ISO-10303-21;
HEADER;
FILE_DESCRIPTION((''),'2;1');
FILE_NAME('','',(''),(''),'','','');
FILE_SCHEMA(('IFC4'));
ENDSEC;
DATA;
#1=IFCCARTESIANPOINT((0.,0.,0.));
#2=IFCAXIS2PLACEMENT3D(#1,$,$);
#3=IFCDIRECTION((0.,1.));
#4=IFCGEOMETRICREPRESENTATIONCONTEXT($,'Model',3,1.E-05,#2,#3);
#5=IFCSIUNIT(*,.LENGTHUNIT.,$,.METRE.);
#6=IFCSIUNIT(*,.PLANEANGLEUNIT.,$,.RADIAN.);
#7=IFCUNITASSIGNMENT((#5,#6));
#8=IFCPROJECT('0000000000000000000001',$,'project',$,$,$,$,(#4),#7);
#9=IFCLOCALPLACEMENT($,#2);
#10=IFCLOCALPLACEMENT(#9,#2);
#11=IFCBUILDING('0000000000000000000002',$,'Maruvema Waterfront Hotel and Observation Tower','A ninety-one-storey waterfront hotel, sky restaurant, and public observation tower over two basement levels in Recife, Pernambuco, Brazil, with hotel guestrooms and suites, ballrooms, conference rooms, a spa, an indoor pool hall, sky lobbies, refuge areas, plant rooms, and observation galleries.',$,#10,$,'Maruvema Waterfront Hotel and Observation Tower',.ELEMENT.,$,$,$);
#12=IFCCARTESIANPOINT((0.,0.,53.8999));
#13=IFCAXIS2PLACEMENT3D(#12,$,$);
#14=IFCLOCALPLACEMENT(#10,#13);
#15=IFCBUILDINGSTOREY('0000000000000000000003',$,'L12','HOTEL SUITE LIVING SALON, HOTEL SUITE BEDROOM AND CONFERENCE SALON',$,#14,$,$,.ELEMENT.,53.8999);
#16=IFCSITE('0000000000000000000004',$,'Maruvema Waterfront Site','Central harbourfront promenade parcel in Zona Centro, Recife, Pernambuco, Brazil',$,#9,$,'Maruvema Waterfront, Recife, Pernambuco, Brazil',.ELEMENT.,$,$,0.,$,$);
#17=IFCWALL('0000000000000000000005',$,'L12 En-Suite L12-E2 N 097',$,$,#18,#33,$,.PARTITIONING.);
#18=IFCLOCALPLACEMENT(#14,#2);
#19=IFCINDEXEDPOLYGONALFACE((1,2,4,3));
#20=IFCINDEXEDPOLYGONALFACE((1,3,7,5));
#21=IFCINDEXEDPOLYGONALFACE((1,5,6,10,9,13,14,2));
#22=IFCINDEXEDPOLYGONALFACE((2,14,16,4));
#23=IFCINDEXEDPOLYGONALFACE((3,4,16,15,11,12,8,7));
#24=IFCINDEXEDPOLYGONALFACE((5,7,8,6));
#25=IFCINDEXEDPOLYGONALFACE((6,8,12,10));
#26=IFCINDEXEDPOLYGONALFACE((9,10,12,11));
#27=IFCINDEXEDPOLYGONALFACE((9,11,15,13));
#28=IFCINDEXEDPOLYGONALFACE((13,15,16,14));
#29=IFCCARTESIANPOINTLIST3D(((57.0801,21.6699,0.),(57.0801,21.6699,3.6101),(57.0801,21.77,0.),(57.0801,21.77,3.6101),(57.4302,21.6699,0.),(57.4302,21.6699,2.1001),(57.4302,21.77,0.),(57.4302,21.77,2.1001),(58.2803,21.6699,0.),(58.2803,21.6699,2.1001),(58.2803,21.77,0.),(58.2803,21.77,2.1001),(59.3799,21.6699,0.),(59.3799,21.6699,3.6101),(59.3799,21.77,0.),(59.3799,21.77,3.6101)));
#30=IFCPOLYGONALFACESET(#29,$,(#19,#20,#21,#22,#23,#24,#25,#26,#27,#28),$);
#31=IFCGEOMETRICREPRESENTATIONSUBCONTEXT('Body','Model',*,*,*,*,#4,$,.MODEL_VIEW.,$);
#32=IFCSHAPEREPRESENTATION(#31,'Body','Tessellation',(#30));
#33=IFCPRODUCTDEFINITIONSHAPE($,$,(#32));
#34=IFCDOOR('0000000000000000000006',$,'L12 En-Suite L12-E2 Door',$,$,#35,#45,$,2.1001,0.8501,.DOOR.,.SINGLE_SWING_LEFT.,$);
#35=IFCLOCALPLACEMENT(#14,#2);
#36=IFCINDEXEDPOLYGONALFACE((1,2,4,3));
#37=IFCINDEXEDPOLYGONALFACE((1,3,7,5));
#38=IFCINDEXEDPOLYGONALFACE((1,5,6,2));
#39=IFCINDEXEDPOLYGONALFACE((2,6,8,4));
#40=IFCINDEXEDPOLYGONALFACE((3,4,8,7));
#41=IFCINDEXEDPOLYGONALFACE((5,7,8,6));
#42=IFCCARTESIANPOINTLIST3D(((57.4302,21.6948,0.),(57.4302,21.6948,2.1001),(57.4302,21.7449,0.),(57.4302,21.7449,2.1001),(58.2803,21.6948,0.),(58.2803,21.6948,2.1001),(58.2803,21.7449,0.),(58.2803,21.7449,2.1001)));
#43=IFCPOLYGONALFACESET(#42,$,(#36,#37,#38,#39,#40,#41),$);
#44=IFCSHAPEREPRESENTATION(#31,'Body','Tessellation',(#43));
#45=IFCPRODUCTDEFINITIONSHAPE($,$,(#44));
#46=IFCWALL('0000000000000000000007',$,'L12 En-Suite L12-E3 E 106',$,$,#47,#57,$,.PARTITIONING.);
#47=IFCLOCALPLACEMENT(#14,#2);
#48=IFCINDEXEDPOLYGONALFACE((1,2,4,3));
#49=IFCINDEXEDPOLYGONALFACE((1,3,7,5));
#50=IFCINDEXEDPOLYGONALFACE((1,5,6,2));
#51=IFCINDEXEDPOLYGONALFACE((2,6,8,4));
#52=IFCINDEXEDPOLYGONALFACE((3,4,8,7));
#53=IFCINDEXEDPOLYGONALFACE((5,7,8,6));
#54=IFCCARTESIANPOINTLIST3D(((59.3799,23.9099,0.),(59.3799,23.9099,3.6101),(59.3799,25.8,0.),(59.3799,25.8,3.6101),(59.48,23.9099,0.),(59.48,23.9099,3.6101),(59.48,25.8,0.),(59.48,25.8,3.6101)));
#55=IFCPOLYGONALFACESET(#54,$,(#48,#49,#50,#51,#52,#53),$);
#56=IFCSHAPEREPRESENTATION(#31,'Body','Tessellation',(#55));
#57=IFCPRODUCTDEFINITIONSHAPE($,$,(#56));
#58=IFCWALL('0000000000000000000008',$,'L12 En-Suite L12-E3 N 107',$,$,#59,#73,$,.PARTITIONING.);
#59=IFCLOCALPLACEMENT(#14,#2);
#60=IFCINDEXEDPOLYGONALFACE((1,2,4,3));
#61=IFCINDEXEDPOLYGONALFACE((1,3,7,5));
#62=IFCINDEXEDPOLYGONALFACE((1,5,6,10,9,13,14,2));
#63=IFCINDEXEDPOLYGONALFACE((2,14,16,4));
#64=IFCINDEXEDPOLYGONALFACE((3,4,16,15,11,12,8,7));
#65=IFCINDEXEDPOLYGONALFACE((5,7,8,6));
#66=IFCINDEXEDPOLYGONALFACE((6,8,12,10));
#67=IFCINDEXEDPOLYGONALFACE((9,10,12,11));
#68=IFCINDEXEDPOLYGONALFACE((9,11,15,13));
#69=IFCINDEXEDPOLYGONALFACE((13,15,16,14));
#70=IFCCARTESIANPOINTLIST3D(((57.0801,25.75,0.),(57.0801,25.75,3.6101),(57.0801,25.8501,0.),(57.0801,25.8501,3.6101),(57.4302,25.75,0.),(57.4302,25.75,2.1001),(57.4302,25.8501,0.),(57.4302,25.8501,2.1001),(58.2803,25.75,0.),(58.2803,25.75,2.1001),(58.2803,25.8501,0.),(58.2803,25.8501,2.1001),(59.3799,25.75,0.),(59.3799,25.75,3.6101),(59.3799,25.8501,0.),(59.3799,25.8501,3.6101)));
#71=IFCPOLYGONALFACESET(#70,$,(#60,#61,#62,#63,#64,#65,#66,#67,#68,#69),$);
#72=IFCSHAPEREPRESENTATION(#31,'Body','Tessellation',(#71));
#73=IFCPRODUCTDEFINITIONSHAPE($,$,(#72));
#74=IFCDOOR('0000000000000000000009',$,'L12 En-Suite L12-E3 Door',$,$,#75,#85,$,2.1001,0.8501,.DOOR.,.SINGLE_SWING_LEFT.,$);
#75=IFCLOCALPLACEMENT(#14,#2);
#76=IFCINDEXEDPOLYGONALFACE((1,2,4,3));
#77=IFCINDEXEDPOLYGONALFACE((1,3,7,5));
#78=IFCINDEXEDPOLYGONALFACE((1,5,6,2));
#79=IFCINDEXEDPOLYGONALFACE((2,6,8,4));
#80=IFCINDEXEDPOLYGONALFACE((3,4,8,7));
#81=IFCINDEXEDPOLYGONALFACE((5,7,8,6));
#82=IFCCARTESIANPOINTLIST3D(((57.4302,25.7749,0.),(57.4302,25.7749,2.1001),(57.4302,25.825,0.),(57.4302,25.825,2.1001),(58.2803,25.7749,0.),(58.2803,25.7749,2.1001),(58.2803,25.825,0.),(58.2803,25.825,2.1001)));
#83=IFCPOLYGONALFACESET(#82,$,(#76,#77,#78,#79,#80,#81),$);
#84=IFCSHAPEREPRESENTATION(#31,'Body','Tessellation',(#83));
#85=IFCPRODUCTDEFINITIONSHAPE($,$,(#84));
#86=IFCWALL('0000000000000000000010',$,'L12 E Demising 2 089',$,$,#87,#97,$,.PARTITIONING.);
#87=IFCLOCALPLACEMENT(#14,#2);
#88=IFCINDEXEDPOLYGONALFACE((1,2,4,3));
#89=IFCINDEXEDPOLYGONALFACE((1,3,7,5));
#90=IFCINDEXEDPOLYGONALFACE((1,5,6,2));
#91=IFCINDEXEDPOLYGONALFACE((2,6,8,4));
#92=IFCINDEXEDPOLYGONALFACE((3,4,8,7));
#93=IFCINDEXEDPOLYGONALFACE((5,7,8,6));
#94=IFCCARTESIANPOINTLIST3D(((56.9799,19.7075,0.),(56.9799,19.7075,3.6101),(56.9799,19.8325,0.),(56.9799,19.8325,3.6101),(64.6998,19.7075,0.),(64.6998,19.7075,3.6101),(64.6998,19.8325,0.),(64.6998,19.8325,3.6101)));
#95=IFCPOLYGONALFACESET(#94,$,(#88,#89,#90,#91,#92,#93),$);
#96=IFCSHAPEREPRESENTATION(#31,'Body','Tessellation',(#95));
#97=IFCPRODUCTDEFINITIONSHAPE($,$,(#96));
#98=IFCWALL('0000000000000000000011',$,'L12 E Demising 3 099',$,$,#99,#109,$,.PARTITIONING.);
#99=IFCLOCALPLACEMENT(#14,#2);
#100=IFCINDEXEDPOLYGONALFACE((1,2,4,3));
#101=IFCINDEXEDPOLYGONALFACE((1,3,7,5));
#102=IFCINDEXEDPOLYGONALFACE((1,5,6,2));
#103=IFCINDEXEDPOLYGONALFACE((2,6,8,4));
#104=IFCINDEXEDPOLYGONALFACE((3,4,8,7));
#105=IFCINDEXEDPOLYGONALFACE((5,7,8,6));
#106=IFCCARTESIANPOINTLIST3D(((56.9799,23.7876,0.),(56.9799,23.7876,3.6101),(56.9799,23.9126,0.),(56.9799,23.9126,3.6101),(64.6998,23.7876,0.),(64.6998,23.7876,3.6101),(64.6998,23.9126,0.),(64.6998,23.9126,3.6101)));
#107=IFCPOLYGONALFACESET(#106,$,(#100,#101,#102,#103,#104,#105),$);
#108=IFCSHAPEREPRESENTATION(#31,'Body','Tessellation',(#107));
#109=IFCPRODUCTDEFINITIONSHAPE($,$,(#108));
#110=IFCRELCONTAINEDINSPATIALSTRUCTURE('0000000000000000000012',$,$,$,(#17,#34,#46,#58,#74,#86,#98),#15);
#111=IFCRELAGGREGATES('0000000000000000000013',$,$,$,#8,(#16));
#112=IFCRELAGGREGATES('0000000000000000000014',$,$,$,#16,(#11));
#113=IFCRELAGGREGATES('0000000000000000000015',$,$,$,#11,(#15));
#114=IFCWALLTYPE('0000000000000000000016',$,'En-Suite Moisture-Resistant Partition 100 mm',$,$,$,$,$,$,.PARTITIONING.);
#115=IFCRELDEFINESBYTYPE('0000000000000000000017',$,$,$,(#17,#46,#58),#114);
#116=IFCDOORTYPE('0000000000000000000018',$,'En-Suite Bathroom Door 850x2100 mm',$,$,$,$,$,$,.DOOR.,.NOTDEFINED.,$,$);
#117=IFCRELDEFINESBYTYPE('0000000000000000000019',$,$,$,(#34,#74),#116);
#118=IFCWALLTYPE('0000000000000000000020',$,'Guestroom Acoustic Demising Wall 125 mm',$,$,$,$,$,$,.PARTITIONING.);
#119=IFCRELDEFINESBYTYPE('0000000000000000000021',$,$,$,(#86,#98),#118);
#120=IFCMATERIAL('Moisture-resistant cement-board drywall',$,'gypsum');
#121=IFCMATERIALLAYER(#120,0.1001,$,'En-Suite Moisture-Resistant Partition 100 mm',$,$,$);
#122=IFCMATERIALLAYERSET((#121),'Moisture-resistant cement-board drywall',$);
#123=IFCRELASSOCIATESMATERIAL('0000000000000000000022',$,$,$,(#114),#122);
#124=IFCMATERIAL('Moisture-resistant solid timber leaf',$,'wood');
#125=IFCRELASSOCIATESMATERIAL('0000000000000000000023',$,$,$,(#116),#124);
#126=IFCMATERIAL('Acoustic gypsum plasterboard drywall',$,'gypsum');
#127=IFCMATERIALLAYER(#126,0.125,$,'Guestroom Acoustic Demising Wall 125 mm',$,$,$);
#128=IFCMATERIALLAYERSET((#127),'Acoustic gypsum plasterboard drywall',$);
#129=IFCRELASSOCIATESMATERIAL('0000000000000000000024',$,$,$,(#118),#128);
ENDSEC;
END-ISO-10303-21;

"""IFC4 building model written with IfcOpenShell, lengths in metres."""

from ifc_helpers import new_model, si_unit, direction, frame, frame_2d, origin, place, context, subcontext, project, spatial, rectangle, extrude, material, layer, layer_set, type_object, element, fill, save


model = new_model("IFC4")

# Units and contexts
model_context = context("Model", 3, precision=1e-05, world=origin(), true_north=direction((0.0, 1.0)))
body_context = subcontext(model_context, "Body", "Model", "MODEL_VIEW")
ifc_project = project(units=[si_unit("LENGTHUNIT", "METRE"), si_unit("PLANEANGLEUNIT", "RADIAN")], contexts=[model_context])

# Site, building, storey
site_placement = place(None, origin())
site = spatial("IfcSite", under=ifc_project, at=site_placement, Name="Maruvema Waterfront Site", Description="Central harbourfront promenade parcel in Zona Centro, Recife, Pernambuco, Brazil", LongName="Maruvema Waterfront, Recife, Pernambuco, Brazil", CompositionType="ELEMENT", RefElevation=0.0)
building_placement = place(site_placement, origin())
building = spatial("IfcBuilding", under=site, at=building_placement, Name="Maruvema Waterfront Hotel and Observation Tower", Description="A ninety-one-storey waterfront hotel, sky restaurant, and public observation tower over two basement levels in Recife, Pernambuco, Brazil, with hotel guestrooms and suites, ballrooms, conference rooms, a spa, an indoor pool hall, sky lobbies, refuge areas, plant rooms, and observation galleries.", LongName="Maruvema Waterfront Hotel and Observation Tower", CompositionType="ELEMENT")
storey_placement = place(building_placement, frame((0.0, 0.0, 53.8999)))
storey = spatial("IfcBuildingStorey", under=building, at=storey_placement, Name="L12", Description="HOTEL SUITE LIVING SALON, HOTEL SUITE BEDROOM AND CONFERENCE SALON", CompositionType="ELEMENT", Elevation=53.8999)

# Shared definitions
ifc_material_1 = material(Name="Moisture-resistant cement-board drywall", Category="gypsum")
ifc_layer_1 = layer(ifc_material_1, 0.1001, Name="En-Suite Moisture-Resistant Partition 100 mm")
ifc_layer_set_1 = layer_set([ifc_layer_1], Name="Moisture-resistant cement-board drywall")
wall_type_1 = type_object("IfcWallType", Name="En-Suite Moisture-Resistant Partition 100 mm", PredefinedType="PARTITIONING", material=ifc_layer_set_1)

# Wall, opening, door
wall_1_placement = place(storey_placement, frame((57.0801, 21.72, 0.0), z_axis=(0.0, 0.0, 1.0), x_axis=(1.0, 0.0, 0.0)))
wall_1 = element("IfcWall", 1, at=wall_1_placement, inside=storey, type_object=wall_type_1, Name="L12 En-Suite L12-E2 N 097", PredefinedType="PARTITIONING", context=body_context, shape_type="SweptSolid", body=[
    extrude(rectangle(XDim=2.2998, YDim=0.1001, at=frame_2d((1.1499, 0.0))), origin(), (0.0, 0.0, 1.0), 3.6101),
])
opening_1_placement = place(wall_1_placement, frame((0.3501, 0.0, 0.0)))
opening_1 = element("IfcOpeningElement", 2, at=opening_1_placement, cuts=wall_1, PredefinedType="OPENING", context=body_context, shape_type="SweptSolid", body=[
    extrude(rectangle(XDim=0.8501, YDim=2.1001, at=frame_2d((0.425, 1.05))), frame((0.0, 0.0601, 0.0), z_axis=(0.0, -1.0, 0.0), x_axis=(1.0, 0.0, 0.0)), (0.0, 0.0, 1.0), 0.1201),
])
ifc_material_2 = material(Name="Moisture-resistant solid timber leaf", Category="wood")
door_type_1 = type_object("IfcDoorType", Name="En-Suite Bathroom Door 850x2100 mm", OperationType="NOTDEFINED", PredefinedType="DOOR", material=ifc_material_2)
door_1_placement = place(opening_1_placement, origin())
door_1 = element("IfcDoor", 3, at=door_1_placement, inside=storey, type_object=door_type_1, Name="L12 En-Suite L12-E2 Door", OperationType="SINGLE_SWING_LEFT", OverallHeight=2.1001, OverallWidth=0.8501, PredefinedType="DOOR", context=body_context, shape_type="SweptSolid", body=[
    extrude(rectangle(XDim=0.8501, YDim=2.1001, at=frame_2d((0.425, 1.05))), frame((0.0, 0.0249, 0.0), z_axis=(0.0, -1.0, 0.0), x_axis=(1.0, 0.0, 0.0)), (0.0, 0.0, 1.0), 0.05),
])
fill(opening_1, door_1)

# Wall
wall_2_placement = place(storey_placement, frame((59.4299, 23.9099, 0.0), z_axis=(0.0, 0.0, 1.0), x_axis=(0.0, 1.0, 0.0)))
element("IfcWall", 4, at=wall_2_placement, inside=storey, type_object=wall_type_1, Name="L12 En-Suite L12-E3 E 106", PredefinedType="PARTITIONING", context=body_context, shape_type="SweptSolid", body=[
    extrude(rectangle(XDim=1.8901, YDim=0.1001, at=frame_2d((0.9451, 0.0))), origin(), (0.0, 0.0, 1.0), 3.6101),
])

# Wall, opening, door
wall_3_placement = place(storey_placement, frame((57.0801, 25.8, 0.0), z_axis=(0.0, 0.0, 1.0), x_axis=(1.0, 0.0, 0.0)))
wall_3 = element("IfcWall", 5, at=wall_3_placement, inside=storey, type_object=wall_type_1, Name="L12 En-Suite L12-E3 N 107", PredefinedType="PARTITIONING", context=body_context, shape_type="SweptSolid", body=[
    extrude(rectangle(XDim=2.2998, YDim=0.1001, at=frame_2d((1.1499, 0.0))), origin(), (0.0, 0.0, 1.0), 3.6101),
])
opening_2_placement = place(wall_3_placement, frame((0.3501, 0.0, 0.0)))
opening_2 = element("IfcOpeningElement", 6, at=opening_2_placement, cuts=wall_3, PredefinedType="OPENING", context=body_context, shape_type="SweptSolid", body=[
    extrude(rectangle(XDim=0.8501, YDim=2.1001, at=frame_2d((0.425, 1.05))), frame((0.0, 0.0601, 0.0), z_axis=(0.0, -1.0, 0.0), x_axis=(1.0, 0.0, 0.0)), (0.0, 0.0, 1.0), 0.1201),
])
door_2_placement = place(opening_2_placement, origin())
door_2 = element("IfcDoor", 7, at=door_2_placement, inside=storey, type_object=door_type_1, Name="L12 En-Suite L12-E3 Door", OperationType="SINGLE_SWING_LEFT", OverallHeight=2.1001, OverallWidth=0.8501, PredefinedType="DOOR", context=body_context, shape_type="SweptSolid", body=[
    extrude(rectangle(XDim=0.8501, YDim=2.1001, at=frame_2d((0.425, 1.05))), frame((0.0, 0.0249, 0.0), z_axis=(0.0, -1.0, 0.0), x_axis=(1.0, 0.0, 0.0)), (0.0, 0.0, 1.0), 0.05),
])
fill(opening_2, door_2)

# Walls
ifc_material_3 = material(Name="Acoustic gypsum plasterboard drywall", Category="gypsum")
ifc_layer_2 = layer(ifc_material_3, 0.125, Name="Guestroom Acoustic Demising Wall 125 mm")
ifc_layer_set_2 = layer_set([ifc_layer_2], Name="Acoustic gypsum plasterboard drywall")
wall_type_2 = type_object("IfcWallType", Name="Guestroom Acoustic Demising Wall 125 mm", PredefinedType="PARTITIONING", material=ifc_layer_set_2)
for number, where, z_axis, x_axis, name in (
    (8, (56.98, 19.77, 0.0), (0.0, 0.0, 1.0), (1.0, 0.0, 0.0), "L12 E Demising 2 089"),
    (9, (56.98, 23.8501, 0.0), (0.0, 0.0, 1.0), (1.0, 0.0, 0.0), "L12 E Demising 3 099"),
):
    element("IfcWall", number, at=place(storey_placement, frame(where, z_axis=z_axis, x_axis=x_axis)), inside=storey, type_object=wall_type_2, Name=name, PredefinedType="PARTITIONING", context=body_context, shape_type="SweptSolid", body=[
        extrude(rectangle(XDim=7.72, YDim=0.125, at=frame_2d((3.8599, 0.0))), origin(), (0.0, 0.0, 1.0), 3.6101),
    ])

save(model, "model.ifc")
